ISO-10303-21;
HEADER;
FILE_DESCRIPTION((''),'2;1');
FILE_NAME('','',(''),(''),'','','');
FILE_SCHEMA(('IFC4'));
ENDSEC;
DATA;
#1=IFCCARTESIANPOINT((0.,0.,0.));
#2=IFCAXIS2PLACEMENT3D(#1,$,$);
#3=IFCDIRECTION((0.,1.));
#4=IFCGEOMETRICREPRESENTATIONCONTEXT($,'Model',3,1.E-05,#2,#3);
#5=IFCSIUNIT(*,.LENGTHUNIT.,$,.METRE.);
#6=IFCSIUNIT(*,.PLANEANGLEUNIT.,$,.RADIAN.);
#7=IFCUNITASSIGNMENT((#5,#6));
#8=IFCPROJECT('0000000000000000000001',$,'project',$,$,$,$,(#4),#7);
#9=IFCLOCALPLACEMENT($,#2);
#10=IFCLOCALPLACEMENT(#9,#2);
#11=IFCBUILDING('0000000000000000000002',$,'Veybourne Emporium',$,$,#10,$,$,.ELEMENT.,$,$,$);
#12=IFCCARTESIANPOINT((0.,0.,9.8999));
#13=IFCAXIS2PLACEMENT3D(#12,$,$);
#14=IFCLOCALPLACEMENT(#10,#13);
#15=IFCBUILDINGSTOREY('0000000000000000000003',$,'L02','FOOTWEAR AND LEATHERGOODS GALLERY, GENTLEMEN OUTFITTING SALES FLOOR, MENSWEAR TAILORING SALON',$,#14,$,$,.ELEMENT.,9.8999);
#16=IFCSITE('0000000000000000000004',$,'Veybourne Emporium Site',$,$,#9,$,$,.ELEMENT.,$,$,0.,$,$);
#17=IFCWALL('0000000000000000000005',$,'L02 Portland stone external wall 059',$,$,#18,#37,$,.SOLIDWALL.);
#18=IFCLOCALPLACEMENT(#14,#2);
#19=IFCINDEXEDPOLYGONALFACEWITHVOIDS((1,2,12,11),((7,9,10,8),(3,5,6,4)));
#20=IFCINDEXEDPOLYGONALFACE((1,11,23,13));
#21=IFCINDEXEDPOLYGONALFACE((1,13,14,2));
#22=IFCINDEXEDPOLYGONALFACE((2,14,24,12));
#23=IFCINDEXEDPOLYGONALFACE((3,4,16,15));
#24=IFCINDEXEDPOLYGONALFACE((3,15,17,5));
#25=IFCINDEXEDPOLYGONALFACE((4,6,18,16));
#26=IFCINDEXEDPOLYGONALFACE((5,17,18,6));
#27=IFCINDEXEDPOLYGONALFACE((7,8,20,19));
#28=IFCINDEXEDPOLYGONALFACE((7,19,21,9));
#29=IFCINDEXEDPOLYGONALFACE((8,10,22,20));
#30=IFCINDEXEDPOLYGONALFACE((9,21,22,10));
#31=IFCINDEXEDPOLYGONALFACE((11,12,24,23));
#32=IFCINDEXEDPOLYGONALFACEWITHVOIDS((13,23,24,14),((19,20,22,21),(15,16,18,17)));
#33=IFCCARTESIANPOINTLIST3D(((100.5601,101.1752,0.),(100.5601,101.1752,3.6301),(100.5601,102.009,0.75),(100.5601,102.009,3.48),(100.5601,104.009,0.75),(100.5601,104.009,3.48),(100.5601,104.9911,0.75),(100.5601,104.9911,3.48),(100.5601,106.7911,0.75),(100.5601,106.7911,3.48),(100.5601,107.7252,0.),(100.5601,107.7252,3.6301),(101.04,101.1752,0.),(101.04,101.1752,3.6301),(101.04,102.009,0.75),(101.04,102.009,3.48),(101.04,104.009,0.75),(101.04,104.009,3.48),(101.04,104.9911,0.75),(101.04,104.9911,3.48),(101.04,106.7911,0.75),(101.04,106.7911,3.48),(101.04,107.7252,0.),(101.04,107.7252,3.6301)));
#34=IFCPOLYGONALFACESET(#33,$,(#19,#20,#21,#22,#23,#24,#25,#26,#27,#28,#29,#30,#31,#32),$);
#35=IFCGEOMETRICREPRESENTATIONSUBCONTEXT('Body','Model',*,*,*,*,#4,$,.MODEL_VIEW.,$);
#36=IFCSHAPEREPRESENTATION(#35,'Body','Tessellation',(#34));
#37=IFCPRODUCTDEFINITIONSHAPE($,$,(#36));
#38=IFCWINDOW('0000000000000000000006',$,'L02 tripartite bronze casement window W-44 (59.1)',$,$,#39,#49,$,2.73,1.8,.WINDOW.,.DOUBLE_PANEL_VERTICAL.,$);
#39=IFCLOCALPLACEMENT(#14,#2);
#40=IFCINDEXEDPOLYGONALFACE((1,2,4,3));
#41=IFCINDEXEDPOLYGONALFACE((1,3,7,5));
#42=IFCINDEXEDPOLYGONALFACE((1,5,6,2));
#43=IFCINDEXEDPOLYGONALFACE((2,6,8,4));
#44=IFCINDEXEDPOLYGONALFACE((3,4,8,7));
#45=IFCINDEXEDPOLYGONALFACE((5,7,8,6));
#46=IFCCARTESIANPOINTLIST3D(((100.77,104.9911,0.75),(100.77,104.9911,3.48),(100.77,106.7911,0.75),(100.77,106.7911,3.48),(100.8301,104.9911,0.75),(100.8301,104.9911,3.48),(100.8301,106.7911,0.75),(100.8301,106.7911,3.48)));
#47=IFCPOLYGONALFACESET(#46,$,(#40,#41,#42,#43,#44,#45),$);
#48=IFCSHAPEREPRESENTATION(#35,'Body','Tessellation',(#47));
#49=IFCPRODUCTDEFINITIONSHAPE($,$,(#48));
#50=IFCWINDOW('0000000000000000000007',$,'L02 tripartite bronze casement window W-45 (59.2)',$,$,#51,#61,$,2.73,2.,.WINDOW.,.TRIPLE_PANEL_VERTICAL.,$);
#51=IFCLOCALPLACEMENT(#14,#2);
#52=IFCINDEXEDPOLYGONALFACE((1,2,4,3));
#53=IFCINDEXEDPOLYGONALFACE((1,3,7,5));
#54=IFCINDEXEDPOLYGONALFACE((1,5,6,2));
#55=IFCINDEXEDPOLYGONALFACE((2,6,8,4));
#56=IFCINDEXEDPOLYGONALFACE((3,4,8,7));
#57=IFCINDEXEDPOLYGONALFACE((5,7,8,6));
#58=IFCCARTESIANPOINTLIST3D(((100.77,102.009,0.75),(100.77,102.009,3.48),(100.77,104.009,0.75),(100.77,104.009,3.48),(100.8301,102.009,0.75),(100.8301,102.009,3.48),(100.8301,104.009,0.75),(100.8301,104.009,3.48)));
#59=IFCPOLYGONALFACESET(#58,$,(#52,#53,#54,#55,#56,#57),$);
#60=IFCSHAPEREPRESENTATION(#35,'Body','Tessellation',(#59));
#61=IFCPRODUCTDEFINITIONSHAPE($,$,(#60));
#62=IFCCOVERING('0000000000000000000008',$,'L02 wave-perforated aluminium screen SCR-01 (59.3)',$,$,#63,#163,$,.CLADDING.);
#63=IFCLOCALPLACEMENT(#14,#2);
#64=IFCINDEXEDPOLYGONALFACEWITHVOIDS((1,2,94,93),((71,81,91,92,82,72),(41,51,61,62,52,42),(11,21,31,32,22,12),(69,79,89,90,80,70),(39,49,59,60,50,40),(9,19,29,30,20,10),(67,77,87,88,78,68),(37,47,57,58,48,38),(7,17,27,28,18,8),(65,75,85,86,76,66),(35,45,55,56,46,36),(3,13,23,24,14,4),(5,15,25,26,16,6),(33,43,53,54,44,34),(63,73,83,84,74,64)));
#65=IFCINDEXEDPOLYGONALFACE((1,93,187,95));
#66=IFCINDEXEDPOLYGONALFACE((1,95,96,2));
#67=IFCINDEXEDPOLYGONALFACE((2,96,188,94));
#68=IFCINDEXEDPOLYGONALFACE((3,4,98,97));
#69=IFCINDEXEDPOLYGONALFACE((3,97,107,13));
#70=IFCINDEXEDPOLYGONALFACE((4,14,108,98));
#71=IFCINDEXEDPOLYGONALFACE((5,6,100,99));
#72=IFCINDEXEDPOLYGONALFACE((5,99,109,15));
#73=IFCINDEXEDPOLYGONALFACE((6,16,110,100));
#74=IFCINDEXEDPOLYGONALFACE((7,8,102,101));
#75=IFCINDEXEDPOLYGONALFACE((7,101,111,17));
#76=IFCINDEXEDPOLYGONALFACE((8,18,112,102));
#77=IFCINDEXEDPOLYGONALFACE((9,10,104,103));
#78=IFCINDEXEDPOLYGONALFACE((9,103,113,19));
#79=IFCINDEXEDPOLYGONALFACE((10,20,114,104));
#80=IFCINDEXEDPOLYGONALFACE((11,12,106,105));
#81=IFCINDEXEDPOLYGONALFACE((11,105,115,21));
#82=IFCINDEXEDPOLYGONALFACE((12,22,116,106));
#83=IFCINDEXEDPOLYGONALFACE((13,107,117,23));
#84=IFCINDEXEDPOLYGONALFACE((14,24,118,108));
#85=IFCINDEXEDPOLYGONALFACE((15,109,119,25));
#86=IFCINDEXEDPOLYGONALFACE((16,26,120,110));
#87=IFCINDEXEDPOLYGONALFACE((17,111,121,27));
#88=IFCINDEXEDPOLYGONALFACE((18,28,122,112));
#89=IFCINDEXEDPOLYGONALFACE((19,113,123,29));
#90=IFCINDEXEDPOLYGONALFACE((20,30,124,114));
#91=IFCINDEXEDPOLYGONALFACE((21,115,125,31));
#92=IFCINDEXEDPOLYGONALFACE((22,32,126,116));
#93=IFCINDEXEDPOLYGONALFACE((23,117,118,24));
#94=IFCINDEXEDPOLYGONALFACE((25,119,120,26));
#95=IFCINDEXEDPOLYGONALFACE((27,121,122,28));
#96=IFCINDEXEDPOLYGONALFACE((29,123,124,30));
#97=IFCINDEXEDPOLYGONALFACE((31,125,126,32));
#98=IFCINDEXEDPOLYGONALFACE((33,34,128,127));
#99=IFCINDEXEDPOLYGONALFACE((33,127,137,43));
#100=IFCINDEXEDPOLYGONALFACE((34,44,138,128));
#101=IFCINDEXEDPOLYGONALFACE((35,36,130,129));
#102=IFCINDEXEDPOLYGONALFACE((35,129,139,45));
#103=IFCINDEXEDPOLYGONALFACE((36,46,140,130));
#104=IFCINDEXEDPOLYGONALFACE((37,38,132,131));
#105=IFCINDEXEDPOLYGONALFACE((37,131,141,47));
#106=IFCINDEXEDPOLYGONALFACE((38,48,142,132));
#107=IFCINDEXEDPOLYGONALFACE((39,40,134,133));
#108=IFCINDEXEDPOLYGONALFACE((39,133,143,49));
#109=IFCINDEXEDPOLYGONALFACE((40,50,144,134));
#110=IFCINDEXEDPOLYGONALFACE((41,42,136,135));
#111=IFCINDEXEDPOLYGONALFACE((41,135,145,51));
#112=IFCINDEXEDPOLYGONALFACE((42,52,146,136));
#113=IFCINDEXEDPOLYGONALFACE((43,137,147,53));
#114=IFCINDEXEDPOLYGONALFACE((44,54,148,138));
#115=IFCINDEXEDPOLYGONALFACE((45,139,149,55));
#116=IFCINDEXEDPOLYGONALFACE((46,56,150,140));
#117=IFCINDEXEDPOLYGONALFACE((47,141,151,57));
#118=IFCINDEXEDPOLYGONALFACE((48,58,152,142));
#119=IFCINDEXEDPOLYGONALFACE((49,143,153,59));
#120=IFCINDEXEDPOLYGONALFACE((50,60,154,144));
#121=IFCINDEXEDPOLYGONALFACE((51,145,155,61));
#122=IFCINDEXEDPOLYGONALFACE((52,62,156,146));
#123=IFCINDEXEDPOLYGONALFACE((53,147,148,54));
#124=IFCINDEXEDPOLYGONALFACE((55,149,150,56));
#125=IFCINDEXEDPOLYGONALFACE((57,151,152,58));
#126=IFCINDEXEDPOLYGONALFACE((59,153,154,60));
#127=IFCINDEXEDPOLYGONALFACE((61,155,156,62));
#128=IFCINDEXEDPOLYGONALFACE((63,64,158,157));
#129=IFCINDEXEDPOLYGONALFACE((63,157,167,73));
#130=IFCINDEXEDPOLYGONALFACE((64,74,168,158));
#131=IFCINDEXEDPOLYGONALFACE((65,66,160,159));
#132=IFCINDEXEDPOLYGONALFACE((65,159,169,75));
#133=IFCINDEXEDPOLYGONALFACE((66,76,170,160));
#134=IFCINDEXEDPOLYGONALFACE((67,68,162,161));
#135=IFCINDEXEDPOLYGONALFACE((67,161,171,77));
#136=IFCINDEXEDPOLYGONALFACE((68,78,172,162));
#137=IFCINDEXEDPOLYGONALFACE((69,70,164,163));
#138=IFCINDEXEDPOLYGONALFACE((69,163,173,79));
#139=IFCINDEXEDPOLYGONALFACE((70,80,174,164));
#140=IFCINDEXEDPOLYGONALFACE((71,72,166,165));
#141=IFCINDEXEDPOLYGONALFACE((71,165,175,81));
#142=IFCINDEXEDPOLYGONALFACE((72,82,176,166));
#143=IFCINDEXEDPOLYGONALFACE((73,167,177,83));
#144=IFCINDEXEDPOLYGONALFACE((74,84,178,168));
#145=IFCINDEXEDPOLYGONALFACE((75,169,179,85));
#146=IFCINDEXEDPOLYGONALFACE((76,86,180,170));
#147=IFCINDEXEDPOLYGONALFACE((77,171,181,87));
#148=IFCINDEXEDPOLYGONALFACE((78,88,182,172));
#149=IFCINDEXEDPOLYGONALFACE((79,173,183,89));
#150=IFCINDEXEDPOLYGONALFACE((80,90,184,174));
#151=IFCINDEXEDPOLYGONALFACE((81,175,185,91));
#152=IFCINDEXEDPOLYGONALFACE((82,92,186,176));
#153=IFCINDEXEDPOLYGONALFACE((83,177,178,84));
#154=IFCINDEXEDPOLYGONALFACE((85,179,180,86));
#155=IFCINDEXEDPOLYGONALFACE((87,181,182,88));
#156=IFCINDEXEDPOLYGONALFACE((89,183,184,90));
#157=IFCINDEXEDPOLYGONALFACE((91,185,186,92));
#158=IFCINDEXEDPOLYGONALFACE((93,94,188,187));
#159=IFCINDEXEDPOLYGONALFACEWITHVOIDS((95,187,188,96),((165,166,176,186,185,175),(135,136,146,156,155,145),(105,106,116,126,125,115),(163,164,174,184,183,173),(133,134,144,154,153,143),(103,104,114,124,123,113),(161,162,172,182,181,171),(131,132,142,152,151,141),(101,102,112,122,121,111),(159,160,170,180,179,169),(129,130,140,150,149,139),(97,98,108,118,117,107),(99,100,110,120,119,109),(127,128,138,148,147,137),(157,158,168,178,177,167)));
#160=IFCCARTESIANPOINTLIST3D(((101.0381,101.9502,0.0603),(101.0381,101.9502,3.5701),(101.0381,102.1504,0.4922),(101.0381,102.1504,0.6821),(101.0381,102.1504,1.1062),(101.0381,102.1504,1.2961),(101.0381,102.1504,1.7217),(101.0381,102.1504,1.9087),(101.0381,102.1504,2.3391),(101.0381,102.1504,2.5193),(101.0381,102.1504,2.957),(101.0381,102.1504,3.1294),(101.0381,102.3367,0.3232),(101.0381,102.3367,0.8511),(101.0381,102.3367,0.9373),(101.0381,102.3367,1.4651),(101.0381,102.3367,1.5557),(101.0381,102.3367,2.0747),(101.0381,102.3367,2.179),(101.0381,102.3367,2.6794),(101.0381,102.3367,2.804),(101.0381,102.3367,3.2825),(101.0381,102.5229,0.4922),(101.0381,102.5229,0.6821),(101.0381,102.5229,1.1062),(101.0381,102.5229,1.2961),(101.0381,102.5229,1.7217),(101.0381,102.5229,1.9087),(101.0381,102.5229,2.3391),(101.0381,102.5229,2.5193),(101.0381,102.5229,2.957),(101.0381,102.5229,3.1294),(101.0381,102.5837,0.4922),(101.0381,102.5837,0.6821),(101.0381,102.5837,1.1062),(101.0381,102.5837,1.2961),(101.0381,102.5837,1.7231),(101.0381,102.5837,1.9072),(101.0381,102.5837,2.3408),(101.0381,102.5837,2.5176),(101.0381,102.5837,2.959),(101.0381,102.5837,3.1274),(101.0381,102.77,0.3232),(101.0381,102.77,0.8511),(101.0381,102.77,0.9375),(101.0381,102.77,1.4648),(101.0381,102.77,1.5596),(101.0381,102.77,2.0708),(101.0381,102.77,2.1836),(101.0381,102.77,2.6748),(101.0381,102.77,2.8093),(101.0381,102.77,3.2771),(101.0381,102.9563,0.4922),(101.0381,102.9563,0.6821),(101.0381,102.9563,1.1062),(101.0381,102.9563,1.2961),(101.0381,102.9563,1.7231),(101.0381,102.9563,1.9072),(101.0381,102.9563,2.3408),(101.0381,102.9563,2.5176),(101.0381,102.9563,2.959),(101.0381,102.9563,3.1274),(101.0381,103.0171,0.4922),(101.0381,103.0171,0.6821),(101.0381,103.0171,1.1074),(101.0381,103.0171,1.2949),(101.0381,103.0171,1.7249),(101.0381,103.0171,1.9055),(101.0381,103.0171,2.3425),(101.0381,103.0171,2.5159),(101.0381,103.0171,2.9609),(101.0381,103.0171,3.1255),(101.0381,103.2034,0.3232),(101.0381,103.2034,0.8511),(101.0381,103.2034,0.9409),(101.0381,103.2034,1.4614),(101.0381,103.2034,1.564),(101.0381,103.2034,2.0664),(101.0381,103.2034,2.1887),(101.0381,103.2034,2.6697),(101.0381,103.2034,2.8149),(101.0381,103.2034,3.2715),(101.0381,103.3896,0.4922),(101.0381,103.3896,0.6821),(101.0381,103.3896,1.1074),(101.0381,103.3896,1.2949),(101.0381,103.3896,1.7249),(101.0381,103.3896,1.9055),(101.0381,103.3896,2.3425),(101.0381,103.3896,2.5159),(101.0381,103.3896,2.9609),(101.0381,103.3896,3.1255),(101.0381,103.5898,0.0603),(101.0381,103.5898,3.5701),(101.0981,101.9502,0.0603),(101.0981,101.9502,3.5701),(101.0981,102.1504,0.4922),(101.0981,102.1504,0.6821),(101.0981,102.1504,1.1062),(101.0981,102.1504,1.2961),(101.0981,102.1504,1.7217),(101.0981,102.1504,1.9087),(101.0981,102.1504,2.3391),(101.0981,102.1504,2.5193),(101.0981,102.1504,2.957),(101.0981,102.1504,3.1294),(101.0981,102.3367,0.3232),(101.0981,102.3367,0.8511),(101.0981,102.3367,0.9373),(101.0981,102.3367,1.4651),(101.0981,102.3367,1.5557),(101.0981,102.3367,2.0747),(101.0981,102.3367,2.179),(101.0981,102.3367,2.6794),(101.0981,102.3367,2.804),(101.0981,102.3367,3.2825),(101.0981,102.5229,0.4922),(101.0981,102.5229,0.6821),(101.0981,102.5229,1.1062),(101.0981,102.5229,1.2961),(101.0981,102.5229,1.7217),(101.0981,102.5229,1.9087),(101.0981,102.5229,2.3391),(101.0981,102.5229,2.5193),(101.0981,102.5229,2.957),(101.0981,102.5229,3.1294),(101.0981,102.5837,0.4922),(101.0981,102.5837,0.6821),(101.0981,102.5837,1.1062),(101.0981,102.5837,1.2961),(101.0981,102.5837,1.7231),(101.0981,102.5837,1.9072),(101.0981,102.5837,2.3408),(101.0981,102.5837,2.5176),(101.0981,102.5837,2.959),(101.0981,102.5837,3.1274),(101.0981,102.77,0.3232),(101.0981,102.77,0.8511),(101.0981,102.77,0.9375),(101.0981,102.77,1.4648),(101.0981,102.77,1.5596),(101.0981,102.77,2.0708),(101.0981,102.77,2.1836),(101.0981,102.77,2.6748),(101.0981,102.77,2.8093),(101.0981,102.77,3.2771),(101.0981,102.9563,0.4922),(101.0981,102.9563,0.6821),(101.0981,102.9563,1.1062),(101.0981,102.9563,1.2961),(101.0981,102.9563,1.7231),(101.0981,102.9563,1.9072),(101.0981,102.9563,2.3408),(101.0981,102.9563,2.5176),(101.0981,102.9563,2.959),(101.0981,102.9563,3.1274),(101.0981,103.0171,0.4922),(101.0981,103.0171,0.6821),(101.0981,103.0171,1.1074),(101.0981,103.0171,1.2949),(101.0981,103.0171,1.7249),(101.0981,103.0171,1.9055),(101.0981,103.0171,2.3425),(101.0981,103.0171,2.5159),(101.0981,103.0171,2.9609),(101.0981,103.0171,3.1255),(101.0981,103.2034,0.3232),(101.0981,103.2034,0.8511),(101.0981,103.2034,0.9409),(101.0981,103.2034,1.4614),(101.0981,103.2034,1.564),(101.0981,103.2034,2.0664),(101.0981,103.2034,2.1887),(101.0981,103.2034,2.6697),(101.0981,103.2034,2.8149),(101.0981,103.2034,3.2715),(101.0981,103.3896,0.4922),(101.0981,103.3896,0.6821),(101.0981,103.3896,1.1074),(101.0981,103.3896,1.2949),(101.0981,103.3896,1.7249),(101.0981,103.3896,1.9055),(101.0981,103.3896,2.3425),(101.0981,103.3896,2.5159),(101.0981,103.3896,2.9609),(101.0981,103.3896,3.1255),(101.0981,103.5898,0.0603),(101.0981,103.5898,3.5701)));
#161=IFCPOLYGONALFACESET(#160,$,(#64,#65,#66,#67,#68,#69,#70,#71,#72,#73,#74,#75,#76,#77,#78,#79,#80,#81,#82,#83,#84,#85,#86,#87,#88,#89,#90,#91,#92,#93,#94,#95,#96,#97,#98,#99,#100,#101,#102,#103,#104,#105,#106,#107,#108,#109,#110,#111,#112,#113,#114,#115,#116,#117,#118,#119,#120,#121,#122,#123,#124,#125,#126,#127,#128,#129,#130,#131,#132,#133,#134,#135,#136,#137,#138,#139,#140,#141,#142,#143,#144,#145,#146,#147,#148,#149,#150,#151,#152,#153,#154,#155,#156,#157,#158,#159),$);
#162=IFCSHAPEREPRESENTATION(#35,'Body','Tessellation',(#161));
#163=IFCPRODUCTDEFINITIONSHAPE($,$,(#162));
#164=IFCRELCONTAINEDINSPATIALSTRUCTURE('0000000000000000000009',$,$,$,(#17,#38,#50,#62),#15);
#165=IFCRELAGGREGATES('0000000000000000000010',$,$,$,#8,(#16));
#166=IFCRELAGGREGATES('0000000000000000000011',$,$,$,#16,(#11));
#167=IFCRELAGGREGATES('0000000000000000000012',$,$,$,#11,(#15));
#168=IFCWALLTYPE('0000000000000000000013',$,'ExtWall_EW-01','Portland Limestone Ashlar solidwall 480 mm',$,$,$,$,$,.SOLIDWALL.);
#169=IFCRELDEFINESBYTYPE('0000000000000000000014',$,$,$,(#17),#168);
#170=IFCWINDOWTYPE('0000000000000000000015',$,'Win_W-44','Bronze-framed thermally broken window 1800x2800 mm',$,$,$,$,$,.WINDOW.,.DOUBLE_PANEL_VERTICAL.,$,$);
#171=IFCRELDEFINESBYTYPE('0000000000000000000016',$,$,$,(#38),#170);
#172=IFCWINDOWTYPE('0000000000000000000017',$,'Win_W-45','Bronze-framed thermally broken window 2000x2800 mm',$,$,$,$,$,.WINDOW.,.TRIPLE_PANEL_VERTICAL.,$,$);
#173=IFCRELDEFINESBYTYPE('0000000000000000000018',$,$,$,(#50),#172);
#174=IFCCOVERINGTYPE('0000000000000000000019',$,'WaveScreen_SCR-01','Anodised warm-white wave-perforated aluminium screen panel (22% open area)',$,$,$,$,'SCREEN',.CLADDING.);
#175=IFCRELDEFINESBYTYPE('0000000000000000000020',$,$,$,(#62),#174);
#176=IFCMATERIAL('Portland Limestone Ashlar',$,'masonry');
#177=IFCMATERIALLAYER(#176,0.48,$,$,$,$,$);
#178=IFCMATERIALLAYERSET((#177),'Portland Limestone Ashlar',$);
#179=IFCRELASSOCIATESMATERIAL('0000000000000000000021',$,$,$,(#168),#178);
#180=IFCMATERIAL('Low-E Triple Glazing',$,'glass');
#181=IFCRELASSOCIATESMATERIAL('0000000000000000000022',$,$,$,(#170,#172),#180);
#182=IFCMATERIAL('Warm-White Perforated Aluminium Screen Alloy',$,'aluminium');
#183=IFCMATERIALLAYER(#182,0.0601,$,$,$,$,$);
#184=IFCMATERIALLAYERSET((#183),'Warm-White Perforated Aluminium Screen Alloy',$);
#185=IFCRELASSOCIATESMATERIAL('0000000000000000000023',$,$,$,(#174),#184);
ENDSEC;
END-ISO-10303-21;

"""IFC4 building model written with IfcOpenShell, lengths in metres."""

from ifc_helpers import new_model, si_unit, direction, frame, frame_2d, origin, place, context, subcontext, project, spatial, polyline, rectangle, outline, extrude, material, layer, layer_set, type_object, element, fill, save


model = new_model("IFC4")

# Units and contexts
model_context = context("Model", 3, precision=1e-05, world=origin(), true_north=direction((0.0, 1.0)))
body_context = subcontext(model_context, "Body", "Model", "MODEL_VIEW")
ifc_project = project(units=[si_unit("LENGTHUNIT", "METRE"), si_unit("PLANEANGLEUNIT", "RADIAN")], contexts=[model_context])

# Site, building, storey
site_placement = place(None, origin())
site = spatial("IfcSite", under=ifc_project, at=site_placement, Name="Veybourne Emporium Site", CompositionType="ELEMENT", RefElevation=0.0)
building_placement = place(site_placement, origin())
building = spatial("IfcBuilding", under=site, at=building_placement, Name="Veybourne Emporium", CompositionType="ELEMENT")
storey_placement = place(building_placement, frame((0.0, 0.0, 9.8999)))
storey = spatial("IfcBuildingStorey", under=building, at=storey_placement, Name="L02", Description="FOOTWEAR AND LEATHERGOODS GALLERY, GENTLEMEN OUTFITTING SALES FLOOR, MENSWEAR TAILORING SALON", CompositionType="ELEMENT", Elevation=9.8999)

# Shared definitions
ifc_material_1 = material(Name="Low-E Triple Glazing", Category="glass")

# Wall, openings, windows
ifc_material_2 = material(Name="Portland Limestone Ashlar", Category="masonry")
ifc_layer_1 = layer(ifc_material_2, 0.48)
ifc_layer_set_1 = layer_set([ifc_layer_1], Name="Portland Limestone Ashlar")
wall_type = type_object("IfcWallType", Name="ExtWall_EW-01", Description="Portland Limestone Ashlar solidwall 480 mm", PredefinedType="SOLIDWALL", material=ifc_layer_set_1)
wall_placement = place(storey_placement, frame((100.8, 107.7251, 0.0), z_axis=(0.0, 0.0, 1.0), x_axis=(0.0, -1.0, 0.0)))
wall = element("IfcWall", 1, at=wall_placement, inside=storey, type_object=wall_type, Name="L02 Portland stone external wall 059", PredefinedType="SOLIDWALL", context=body_context, shape_type="SweptSolid", body=[
    extrude(rectangle(XDim=6.55, YDim=0.48, at=frame_2d((3.2749, 0.0))), origin(), (0.0, 0.0, 1.0), 3.6301),
])
opening_1_placement = place(wall_placement, frame((0.9341, 0.0, 0.75)))
opening_1 = element("IfcOpeningElement", 2, at=opening_1_placement, cuts=wall, PredefinedType="OPENING", context=body_context, shape_type="SweptSolid", body=[
    extrude(rectangle(XDim=1.8, YDim=2.73, at=frame_2d((0.8999, 1.365))), frame((0.0, 0.26, 0.0), z_axis=(0.0, -1.0, 0.0), x_axis=(1.0, 0.0, 0.0)), (0.0, 0.0, 1.0), 0.52),
])
opening_2_placement = place(wall_placement, frame((3.7161, 0.0, 0.75)))
opening_2 = element("IfcOpeningElement", 3, at=opening_2_placement, cuts=wall, PredefinedType="OPENING", context=body_context, shape_type="SweptSolid", body=[
    extrude(rectangle(XDim=2.0, YDim=2.73, at=frame_2d((1.0, 1.365))), frame((0.0, 0.26, 0.0), z_axis=(0.0, -1.0, 0.0), x_axis=(1.0, 0.0, 0.0)), (0.0, 0.0, 1.0), 0.52),
])
window_type_1 = type_object("IfcWindowType", Name="Win_W-44", Description="Bronze-framed thermally broken window 1800x2800 mm", PartitioningType="DOUBLE_PANEL_VERTICAL", PredefinedType="WINDOW", material=ifc_material_1)
window_1_placement = place(opening_1_placement, origin())
window_1 = element("IfcWindow", 4, at=window_1_placement, inside=storey, type_object=window_type_1, Name="L02 tripartite bronze casement window W-44 (59.1)", OverallHeight=2.73, OverallWidth=1.8, PartitioningType="DOUBLE_PANEL_VERTICAL", PredefinedType="WINDOW", context=body_context, shape_type="SweptSolid", body=[
    extrude(rectangle(XDim=1.8, YDim=2.73, at=frame_2d((0.8999, 1.365))), frame((0.0, 0.03, 0.0), z_axis=(0.0, -1.0, 0.0), x_axis=(1.0, 0.0, 0.0)), (0.0, 0.0, 1.0), 0.0601),
])
fill(opening_1, window_1)
window_type_2 = type_object("IfcWindowType", Name="Win_W-45", Description="Bronze-framed thermally broken window 2000x2800 mm", PartitioningType="TRIPLE_PANEL_VERTICAL", PredefinedType="WINDOW", material=ifc_material_1)
window_2_placement = place(opening_2_placement, origin())
window_2 = element("IfcWindow", 5, at=window_2_placement, inside=storey, type_object=window_type_2, Name="L02 tripartite bronze casement window W-45 (59.2)", OverallHeight=2.73, OverallWidth=2.0, PartitioningType="TRIPLE_PANEL_VERTICAL", PredefinedType="WINDOW", context=body_context, shape_type="SweptSolid", body=[
    extrude(rectangle(XDim=2.0, YDim=2.73, at=frame_2d((1.0, 1.365))), frame((0.0, 0.03, 0.0), z_axis=(0.0, -1.0, 0.0), x_axis=(1.0, 0.0, 0.0)), (0.0, 0.0, 1.0), 0.0601),
])
fill(opening_2, window_2)

# Covering
ifc_material_3 = material(Name="Warm-White Perforated Aluminium Screen Alloy", Category="aluminium")
ifc_layer_2 = layer(ifc_material_3, 0.0601)
ifc_layer_set_2 = layer_set([ifc_layer_2], Name="Warm-White Perforated Aluminium Screen Alloy")
covering_type_1 = type_object("IfcCoveringType", Name="WaveScreen_SCR-01", Description="Anodised warm-white wave-perforated aluminium screen panel (22% open area)", ElementType="SCREEN", PredefinedType="CLADDING", material=ifc_layer_set_2)
covering_1_placement = place(storey_placement, frame((101.0981, 102.77, 1.8152), z_axis=(-1.0, 0.0, 0.0), x_axis=(0.0, -1.0, 0.0)))
element("IfcCovering", 6, at=covering_1_placement, inside=storey, type_object=covering_type_1, Name="L02 wave-perforated aluminium screen SCR-01 (59.3)", PredefinedType="CLADDING", context=body_context, shape_type="SweptSolid", body=[
    extrude(outline(polyline([(-0.8198, -1.7549), (0.8198, -1.7549), (0.8198, 1.7549), (-0.8198, 1.7549), (-0.8198, -1.7549)]), holes=[polyline([(-0.4333, -0.9641), (-0.2471, -1.1331), (-0.2471, -1.323), (-0.4333, -1.4919), (-0.6196, -1.323), (-0.6196, -1.1331), (-0.4333, -0.9641)]), polyline([(-0.4333, -0.3538), (-0.2471, -0.5203), (-0.2471, -0.7078), (-0.4333, -0.8743), (-0.6196, -0.7078), (-0.6196, -0.5203), (-0.4333, -0.3538)]), polyline([(-0.4333, 0.2512), (-0.2471, 0.0903), (-0.2471, -0.0903), (-0.4333, -0.2512), (-0.6196, -0.0903), (-0.6196, 0.0903), (-0.4333, 0.2512)]), polyline([(-0.4333, 0.8545), (-0.2471, 0.7007), (-0.2471, 0.5273), (-0.4333, 0.3735), (-0.6196, 0.5273), (-0.6196, 0.7007), (-0.4333, 0.8545)]), polyline([(-0.4333, 1.4563), (-0.2471, 1.3103), (-0.2471, 1.1458), (-0.4333, 0.9998), (-0.6196, 1.1458), (-0.6196, 1.3103), (-0.4333, 1.4563)]), polyline([(0.0, -0.9641), (0.1863, -1.1331), (0.1863, -1.323), (0.0, -1.4919), (-0.1863, -1.323), (-0.1863, -1.1331), (0.0, -0.9641)]), polyline([(0.0, -0.3503), (0.1863, -0.519), (0.1863, -0.709), (0.0, -0.8777), (-0.1863, -0.709), (-0.1863, -0.519), (0.0, -0.3503)]), polyline([(0.0, 0.2556), (0.1863, 0.092), (0.1863, -0.092), (0.0, -0.2556), (-0.1863, -0.092), (-0.1863, 0.092), (0.0, 0.2556)]), polyline([(0.0, 0.8596), (0.1863, 0.7024), (0.1863, 0.5256), (0.0, 0.3684), (-0.1863, 0.5256), (-0.1863, 0.7024), (0.0, 0.8596)]), polyline([(0.0, 1.4619), (0.1863, 1.3123), (0.1863, 1.1438), (0.0, 0.9941), (-0.1863, 1.1438), (-0.1863, 1.3123), (0.0, 1.4619)]), polyline([(0.4333, -0.9641), (0.6196, -1.1331), (0.6196, -1.323), (0.4333, -1.4919), (0.2471, -1.323), (0.2471, -1.1331), (0.4333, -0.9641)]), polyline([(0.4333, -0.3501), (0.6196, -0.519), (0.6196, -0.709), (0.4333, -0.8779), (0.2471, -0.709), (0.2471, -0.519), (0.4333, -0.3501)]), polyline([(0.4333, 0.2595), (0.6196, 0.0935), (0.6196, -0.0935), (0.4333, -0.2595), (0.2471, -0.0935), (0.2471, 0.0935), (0.4333, 0.2595)]), polyline([(0.4333, 0.8643), (0.6196, 0.7041), (0.6196, 0.5239), (0.4333, 0.3638), (0.2471, 0.5239), (0.2471, 0.7041), (0.4333, 0.8643)]), polyline([(0.4333, 1.4673), (0.6196, 1.3142), (0.6196, 1.1418), (0.4333, 0.9888), (0.2471, 1.1418), (0.2471, 1.3142), (0.4333, 1.4673)])]), origin(), (0.0, 0.0, 1.0), 0.0601),
])

save(model, "model.ifc")
